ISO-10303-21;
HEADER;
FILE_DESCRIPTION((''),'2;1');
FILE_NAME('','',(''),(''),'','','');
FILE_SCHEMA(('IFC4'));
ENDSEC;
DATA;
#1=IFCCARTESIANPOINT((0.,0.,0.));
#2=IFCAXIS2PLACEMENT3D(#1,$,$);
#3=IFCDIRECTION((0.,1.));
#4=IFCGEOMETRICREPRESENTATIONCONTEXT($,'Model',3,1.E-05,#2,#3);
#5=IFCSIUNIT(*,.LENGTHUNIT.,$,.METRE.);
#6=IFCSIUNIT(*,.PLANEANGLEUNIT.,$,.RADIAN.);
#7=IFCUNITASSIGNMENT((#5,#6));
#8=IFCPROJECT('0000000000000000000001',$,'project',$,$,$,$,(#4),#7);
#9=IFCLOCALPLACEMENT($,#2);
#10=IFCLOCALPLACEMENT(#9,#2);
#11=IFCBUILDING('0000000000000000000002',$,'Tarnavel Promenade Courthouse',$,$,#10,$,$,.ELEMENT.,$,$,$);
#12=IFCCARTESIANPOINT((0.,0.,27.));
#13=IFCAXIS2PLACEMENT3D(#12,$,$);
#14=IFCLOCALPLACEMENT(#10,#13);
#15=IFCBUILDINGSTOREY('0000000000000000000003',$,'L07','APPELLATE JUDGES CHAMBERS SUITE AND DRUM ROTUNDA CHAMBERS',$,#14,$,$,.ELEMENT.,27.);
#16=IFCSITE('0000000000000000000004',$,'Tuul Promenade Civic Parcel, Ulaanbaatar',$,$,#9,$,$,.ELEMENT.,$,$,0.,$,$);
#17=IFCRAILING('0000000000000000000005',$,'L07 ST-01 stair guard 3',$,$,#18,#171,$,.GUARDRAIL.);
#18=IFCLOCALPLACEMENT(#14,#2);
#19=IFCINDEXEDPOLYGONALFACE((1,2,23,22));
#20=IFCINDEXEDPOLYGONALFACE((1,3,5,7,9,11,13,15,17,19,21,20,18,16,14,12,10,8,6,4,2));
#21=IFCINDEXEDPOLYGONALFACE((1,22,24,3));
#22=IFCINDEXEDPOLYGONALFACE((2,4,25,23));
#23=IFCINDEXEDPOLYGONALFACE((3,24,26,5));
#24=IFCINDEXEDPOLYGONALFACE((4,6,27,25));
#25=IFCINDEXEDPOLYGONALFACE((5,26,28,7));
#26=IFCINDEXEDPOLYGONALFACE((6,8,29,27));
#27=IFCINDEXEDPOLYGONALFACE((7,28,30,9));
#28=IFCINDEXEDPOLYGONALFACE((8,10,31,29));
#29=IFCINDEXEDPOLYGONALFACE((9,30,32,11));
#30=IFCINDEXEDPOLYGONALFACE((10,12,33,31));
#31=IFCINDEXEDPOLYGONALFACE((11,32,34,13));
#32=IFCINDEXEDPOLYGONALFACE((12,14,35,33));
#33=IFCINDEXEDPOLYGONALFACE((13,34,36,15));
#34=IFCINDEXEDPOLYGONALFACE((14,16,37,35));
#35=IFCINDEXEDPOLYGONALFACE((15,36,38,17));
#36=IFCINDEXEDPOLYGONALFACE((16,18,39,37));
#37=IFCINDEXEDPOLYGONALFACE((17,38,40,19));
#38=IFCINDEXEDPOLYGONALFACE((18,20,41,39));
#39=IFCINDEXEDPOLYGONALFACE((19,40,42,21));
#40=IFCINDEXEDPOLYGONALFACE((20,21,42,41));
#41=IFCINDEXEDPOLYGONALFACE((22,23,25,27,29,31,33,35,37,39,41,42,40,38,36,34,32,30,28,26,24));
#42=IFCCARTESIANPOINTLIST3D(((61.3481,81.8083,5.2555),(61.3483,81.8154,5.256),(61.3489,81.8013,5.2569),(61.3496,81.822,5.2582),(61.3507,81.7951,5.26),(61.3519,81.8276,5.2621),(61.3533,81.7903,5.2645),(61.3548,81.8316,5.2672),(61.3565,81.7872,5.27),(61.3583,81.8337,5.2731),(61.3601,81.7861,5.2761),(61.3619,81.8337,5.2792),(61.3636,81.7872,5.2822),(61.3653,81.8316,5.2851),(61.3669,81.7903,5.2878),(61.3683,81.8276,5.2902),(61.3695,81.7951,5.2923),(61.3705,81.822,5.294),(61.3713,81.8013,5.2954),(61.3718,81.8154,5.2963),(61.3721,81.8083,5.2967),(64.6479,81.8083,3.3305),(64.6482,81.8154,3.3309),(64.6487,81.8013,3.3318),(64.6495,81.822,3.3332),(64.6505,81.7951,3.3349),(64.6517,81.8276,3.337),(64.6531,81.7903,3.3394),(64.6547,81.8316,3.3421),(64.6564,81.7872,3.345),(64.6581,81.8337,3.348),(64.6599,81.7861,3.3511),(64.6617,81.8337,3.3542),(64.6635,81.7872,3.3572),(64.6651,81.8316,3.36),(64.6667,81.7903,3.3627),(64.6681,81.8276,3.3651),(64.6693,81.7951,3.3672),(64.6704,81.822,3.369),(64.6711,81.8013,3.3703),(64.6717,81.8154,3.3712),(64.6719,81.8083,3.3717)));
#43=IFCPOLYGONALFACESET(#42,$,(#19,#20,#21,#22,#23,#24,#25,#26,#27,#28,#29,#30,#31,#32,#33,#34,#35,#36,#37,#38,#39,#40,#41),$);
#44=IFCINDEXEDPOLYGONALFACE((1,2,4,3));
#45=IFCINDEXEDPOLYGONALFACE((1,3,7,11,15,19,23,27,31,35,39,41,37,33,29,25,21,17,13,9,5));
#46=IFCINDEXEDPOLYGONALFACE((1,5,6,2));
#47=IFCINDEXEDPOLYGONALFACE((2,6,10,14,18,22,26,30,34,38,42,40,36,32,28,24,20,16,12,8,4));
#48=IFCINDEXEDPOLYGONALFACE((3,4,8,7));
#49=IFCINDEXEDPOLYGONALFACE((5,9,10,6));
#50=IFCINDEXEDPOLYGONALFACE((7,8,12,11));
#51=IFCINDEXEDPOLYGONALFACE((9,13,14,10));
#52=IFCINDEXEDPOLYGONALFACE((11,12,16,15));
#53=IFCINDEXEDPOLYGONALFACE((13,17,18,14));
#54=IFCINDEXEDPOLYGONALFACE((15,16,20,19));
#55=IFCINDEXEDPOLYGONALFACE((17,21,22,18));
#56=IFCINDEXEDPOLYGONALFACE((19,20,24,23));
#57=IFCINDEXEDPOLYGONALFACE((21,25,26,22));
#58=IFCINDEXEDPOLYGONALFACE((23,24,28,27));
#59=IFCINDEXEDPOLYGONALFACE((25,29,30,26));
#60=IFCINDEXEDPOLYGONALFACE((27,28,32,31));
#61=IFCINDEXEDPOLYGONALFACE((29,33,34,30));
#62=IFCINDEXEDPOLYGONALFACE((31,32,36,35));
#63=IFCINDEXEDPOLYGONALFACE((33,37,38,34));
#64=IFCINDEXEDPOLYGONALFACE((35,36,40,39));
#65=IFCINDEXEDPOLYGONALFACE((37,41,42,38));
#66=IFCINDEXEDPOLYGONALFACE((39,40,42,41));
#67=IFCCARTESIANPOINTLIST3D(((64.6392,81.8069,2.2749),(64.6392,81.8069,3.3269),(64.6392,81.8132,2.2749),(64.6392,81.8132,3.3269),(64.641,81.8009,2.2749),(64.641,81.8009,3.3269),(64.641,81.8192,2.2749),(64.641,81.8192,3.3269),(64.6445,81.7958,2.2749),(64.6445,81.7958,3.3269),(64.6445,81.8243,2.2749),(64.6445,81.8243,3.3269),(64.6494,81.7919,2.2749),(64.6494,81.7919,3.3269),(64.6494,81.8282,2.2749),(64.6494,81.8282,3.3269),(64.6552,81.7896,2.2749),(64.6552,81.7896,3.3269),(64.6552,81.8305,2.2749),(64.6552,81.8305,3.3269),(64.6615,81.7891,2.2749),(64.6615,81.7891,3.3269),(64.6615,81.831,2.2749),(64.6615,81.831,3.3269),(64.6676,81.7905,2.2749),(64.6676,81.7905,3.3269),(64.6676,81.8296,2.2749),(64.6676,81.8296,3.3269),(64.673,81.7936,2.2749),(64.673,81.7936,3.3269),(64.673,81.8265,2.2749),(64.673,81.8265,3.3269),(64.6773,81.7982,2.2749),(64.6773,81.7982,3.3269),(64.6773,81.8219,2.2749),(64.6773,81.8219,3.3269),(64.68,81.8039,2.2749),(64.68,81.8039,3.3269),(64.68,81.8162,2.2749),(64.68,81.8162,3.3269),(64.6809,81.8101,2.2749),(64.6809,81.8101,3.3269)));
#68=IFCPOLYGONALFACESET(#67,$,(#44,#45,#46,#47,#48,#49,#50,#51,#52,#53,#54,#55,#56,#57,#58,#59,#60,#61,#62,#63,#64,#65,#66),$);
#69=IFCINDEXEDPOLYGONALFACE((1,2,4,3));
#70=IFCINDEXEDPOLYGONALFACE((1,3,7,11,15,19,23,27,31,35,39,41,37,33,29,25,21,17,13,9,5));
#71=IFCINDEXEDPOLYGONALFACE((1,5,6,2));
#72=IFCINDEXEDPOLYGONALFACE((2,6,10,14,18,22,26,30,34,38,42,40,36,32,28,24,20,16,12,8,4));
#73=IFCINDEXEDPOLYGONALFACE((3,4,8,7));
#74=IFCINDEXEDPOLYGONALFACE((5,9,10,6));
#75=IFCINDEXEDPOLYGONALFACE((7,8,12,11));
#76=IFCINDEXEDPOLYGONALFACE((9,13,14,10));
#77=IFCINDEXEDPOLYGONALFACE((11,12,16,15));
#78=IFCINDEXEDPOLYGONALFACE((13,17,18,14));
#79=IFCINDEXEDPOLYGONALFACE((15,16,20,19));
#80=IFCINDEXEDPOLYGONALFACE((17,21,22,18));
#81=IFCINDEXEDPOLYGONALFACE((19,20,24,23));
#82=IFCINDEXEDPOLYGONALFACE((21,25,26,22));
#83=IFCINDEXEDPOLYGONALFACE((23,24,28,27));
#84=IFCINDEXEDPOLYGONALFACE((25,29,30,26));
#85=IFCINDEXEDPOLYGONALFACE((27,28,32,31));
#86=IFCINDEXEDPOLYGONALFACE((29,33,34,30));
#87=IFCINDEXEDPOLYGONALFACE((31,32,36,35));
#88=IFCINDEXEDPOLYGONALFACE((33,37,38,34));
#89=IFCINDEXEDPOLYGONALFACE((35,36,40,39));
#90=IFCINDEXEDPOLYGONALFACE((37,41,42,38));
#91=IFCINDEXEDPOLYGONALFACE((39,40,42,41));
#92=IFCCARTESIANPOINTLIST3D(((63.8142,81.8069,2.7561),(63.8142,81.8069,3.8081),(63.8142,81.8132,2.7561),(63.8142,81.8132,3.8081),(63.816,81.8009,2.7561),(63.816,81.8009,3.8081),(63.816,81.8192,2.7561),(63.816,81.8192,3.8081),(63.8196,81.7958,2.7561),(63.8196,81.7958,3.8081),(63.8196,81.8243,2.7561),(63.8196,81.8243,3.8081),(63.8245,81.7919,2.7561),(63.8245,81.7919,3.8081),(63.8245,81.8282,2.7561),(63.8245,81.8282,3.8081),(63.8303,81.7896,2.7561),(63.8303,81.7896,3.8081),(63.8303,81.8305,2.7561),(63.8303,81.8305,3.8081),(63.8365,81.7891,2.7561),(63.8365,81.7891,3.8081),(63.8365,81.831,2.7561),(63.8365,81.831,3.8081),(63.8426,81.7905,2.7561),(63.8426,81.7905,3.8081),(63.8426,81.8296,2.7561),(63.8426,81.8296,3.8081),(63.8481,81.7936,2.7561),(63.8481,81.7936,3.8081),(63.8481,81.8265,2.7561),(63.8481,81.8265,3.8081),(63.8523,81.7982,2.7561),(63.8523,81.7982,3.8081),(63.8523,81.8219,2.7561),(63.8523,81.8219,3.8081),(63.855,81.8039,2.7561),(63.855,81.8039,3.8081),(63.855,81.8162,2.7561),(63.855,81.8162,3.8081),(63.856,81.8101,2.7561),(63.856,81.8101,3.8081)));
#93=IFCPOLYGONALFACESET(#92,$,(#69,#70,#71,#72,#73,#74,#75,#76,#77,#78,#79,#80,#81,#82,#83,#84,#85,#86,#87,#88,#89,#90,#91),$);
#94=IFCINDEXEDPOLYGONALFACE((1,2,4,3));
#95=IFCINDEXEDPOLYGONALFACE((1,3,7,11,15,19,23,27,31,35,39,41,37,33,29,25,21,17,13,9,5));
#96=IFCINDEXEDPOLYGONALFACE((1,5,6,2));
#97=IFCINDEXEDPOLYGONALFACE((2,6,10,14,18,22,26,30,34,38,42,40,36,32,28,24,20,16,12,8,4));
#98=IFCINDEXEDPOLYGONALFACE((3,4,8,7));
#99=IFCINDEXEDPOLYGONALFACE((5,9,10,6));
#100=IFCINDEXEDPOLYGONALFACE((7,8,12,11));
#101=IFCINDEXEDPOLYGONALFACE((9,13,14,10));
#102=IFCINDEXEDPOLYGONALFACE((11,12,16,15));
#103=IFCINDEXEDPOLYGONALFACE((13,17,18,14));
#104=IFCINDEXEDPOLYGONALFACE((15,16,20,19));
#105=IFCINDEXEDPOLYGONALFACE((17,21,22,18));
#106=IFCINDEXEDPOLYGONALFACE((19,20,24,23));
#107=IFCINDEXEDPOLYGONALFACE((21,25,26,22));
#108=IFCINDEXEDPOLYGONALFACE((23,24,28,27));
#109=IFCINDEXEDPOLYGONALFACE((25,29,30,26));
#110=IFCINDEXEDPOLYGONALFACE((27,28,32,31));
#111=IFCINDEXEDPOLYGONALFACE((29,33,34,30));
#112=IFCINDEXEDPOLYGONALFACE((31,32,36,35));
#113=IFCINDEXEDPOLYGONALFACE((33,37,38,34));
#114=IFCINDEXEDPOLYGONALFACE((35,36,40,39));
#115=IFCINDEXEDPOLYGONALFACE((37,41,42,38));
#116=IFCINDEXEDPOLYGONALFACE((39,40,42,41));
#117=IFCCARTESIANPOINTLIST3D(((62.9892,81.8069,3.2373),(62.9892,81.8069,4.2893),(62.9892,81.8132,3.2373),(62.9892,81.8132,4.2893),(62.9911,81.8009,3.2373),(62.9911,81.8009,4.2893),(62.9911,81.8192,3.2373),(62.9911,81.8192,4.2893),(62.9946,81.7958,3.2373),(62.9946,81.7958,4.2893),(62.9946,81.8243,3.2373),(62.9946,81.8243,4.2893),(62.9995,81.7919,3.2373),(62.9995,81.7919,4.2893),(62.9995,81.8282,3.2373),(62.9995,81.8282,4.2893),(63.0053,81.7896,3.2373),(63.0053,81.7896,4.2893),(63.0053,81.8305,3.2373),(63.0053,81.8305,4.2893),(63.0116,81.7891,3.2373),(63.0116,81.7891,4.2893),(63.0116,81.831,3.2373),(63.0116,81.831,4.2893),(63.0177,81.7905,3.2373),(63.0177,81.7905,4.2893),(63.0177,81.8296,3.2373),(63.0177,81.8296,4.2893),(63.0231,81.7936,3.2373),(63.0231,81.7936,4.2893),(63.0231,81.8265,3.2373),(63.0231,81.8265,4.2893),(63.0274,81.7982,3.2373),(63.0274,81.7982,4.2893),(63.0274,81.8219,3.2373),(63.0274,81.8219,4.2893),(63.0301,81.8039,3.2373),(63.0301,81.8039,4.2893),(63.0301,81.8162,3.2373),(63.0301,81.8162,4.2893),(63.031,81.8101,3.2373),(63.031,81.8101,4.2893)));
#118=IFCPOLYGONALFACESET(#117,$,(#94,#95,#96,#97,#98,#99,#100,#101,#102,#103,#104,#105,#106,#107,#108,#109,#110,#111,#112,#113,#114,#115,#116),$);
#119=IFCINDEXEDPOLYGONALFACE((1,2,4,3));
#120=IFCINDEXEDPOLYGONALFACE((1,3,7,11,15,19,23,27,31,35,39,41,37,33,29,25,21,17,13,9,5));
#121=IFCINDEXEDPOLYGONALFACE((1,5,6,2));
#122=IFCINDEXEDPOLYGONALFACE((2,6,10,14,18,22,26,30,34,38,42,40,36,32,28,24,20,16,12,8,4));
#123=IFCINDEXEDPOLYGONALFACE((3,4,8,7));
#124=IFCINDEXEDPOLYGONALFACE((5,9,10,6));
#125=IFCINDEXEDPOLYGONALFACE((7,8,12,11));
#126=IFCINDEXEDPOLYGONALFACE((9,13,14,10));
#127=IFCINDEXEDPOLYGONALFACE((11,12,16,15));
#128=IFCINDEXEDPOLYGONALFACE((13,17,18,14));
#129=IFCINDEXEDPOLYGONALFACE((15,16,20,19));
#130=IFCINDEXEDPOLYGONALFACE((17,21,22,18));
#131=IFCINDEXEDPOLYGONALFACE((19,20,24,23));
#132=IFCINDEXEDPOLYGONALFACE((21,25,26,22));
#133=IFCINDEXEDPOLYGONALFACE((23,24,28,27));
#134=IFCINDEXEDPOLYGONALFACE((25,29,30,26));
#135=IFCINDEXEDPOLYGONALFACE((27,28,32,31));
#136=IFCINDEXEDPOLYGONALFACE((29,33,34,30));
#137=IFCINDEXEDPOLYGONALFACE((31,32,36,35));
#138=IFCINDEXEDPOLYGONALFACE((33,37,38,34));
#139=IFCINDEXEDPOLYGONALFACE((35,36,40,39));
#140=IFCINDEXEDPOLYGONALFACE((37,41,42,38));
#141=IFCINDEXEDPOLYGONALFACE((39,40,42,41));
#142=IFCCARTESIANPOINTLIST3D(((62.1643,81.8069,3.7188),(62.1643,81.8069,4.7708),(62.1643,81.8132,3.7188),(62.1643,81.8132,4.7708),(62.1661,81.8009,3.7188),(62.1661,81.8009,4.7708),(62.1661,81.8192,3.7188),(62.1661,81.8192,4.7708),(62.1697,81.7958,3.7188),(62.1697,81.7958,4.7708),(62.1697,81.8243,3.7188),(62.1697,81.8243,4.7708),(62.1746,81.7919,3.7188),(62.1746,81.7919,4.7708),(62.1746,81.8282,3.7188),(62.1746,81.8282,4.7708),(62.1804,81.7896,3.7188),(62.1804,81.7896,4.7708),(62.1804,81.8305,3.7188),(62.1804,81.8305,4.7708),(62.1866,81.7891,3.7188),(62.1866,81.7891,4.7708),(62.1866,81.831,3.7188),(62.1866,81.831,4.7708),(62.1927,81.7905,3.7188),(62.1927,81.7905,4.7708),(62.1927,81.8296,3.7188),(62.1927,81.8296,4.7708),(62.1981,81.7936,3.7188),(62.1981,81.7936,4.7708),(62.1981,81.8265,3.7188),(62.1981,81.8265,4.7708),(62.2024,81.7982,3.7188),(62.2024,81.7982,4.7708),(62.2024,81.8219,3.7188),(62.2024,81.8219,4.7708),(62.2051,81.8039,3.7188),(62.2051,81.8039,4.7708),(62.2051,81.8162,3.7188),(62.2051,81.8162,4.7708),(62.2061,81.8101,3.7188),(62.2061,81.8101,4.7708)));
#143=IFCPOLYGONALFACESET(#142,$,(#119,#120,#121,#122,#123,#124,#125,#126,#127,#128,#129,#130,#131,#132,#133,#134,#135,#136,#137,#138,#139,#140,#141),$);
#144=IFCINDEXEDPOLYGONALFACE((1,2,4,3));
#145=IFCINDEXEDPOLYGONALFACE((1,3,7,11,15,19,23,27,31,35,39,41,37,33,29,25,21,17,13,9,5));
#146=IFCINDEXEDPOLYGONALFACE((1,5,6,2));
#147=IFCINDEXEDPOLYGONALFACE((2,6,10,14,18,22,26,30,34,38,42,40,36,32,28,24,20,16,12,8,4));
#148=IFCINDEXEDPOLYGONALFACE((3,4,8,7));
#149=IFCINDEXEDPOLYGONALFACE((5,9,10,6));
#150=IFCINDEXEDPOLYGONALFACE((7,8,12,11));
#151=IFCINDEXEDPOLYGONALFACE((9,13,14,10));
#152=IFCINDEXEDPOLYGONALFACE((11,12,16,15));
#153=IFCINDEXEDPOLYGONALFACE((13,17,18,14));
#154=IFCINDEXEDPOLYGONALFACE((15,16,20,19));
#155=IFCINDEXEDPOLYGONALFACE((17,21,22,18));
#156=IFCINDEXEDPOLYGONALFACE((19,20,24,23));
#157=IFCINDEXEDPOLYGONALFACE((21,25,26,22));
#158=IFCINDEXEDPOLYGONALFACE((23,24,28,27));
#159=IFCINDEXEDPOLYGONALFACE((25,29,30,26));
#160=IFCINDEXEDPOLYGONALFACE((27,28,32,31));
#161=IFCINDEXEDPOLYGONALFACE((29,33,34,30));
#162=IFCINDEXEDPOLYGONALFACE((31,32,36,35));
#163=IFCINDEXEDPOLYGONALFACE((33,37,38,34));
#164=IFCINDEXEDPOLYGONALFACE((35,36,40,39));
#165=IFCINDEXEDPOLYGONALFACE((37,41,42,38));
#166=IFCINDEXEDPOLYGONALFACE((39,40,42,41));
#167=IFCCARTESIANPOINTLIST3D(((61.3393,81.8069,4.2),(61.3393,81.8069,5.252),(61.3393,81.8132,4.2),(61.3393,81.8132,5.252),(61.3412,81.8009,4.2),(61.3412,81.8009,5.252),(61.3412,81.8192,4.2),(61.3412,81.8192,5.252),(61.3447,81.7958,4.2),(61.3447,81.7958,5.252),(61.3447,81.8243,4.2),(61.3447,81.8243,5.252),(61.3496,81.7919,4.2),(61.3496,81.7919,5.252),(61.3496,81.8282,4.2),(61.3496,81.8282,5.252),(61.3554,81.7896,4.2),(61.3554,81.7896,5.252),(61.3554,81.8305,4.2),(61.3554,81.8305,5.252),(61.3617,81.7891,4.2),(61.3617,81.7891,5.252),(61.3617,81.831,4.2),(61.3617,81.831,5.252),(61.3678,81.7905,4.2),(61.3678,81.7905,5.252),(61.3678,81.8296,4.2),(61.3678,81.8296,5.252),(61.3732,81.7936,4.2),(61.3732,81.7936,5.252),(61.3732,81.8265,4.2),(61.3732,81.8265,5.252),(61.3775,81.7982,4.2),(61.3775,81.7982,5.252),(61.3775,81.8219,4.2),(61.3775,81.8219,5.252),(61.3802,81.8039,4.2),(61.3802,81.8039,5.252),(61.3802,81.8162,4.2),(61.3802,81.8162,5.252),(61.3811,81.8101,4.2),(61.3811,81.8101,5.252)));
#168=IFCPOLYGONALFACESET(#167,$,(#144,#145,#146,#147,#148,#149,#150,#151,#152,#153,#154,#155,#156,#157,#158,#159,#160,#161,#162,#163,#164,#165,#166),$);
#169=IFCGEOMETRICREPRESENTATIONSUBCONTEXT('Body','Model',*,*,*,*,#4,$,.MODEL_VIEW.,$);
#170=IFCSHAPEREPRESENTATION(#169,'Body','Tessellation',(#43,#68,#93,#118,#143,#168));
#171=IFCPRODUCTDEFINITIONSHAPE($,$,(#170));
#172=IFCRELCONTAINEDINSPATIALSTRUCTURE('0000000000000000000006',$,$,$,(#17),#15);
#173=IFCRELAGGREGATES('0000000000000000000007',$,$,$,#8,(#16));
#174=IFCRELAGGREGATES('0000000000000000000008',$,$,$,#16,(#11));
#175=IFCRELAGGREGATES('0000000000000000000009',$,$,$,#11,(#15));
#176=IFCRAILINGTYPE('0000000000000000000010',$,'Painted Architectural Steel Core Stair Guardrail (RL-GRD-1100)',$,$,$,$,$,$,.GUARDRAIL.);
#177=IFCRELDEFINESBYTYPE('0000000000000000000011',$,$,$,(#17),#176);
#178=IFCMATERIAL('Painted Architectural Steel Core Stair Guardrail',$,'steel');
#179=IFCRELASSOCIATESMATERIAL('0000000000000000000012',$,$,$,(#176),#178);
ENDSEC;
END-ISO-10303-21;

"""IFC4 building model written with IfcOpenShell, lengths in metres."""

from ifc_helpers import new_model, si_unit, direction, frame, origin, origin_2d, place, context, subcontext, project, spatial, circle, extrude, material, type_object, element, save


model = new_model("IFC4")

# Units and contexts
model_context = context("Model", 3, precision=1e-05, world=origin(), true_north=direction((0.0, 1.0)))
body_context = subcontext(model_context, "Body", "Model", "MODEL_VIEW")
ifc_project = project(units=[si_unit("LENGTHUNIT", "METRE"), si_unit("PLANEANGLEUNIT", "RADIAN")], contexts=[model_context])

# Site, building, storey
site_placement = place(None, origin())
site = spatial("IfcSite", under=ifc_project, at=site_placement, Name="Tuul Promenade Civic Parcel, Ulaanbaatar", CompositionType="ELEMENT", RefElevation=0.0)
building_placement = place(site_placement, origin())
building = spatial("IfcBuilding", under=site, at=building_placement, Name="Tarnavel Promenade Courthouse", CompositionType="ELEMENT")
storey_placement = place(building_placement, frame((0.0, 0.0, 27.0)))
storey = spatial("IfcBuildingStorey", under=building, at=storey_placement, Name="L07", Description="APPELLATE JUDGES CHAMBERS SUITE AND DRUM ROTUNDA CHAMBERS", CompositionType="ELEMENT", Elevation=27.0)

# Railing
ifc_material_1 = material(Name="Painted Architectural Steel Core Stair Guardrail", Category="steel")
railing_type_1 = type_object("IfcRailingType", Name="Painted Architectural Steel Core Stair Guardrail (RL-GRD-1100)", PredefinedType="GUARDRAIL", material=ifc_material_1)
railing_1_placement = place(storey_placement, frame((64.6599, 81.8101, 2.2749)))
element("IfcRailing", 1, at=railing_1_placement, inside=storey, type_object=railing_type_1, Name="L07 ST-01 stair guard 3", PredefinedType="GUARDRAIL", context=body_context, shape_type="SweptSolid", body=[
    extrude(circle(Radius=0.0239, at=origin_2d()), frame((0.0, 0.0, 1.0762), z_axis=(-0.86376, 0.0, 0.503903), x_axis=(0.0, -1.0, 0.0)), (0.0, 0.0, 1.0), 3.8203),
    extrude(circle(Radius=0.021, at=origin_2d()), origin(), (0.0, 0.0, 1.0), 1.052),
    extrude(circle(Radius=0.021, at=origin_2d()), frame((-0.825, 0.0, 0.4812)), (0.0, 0.0, 1.0), 1.052),
    extrude(circle(Radius=0.021, at=origin_2d()), frame((-1.6499, 0.0, 0.9624)), (0.0, 0.0, 1.0), 1.052),
    extrude(circle(Radius=0.021, at=origin_2d()), frame((-2.4749, 0.0, 1.4438)), (0.0, 0.0, 1.0), 1.052),
    extrude(circle(Radius=0.021, at=origin_2d()), frame((-3.2998, 0.0, 1.925)), (0.0, 0.0, 1.0), 1.052),
])

save(model, "model.ifc")
